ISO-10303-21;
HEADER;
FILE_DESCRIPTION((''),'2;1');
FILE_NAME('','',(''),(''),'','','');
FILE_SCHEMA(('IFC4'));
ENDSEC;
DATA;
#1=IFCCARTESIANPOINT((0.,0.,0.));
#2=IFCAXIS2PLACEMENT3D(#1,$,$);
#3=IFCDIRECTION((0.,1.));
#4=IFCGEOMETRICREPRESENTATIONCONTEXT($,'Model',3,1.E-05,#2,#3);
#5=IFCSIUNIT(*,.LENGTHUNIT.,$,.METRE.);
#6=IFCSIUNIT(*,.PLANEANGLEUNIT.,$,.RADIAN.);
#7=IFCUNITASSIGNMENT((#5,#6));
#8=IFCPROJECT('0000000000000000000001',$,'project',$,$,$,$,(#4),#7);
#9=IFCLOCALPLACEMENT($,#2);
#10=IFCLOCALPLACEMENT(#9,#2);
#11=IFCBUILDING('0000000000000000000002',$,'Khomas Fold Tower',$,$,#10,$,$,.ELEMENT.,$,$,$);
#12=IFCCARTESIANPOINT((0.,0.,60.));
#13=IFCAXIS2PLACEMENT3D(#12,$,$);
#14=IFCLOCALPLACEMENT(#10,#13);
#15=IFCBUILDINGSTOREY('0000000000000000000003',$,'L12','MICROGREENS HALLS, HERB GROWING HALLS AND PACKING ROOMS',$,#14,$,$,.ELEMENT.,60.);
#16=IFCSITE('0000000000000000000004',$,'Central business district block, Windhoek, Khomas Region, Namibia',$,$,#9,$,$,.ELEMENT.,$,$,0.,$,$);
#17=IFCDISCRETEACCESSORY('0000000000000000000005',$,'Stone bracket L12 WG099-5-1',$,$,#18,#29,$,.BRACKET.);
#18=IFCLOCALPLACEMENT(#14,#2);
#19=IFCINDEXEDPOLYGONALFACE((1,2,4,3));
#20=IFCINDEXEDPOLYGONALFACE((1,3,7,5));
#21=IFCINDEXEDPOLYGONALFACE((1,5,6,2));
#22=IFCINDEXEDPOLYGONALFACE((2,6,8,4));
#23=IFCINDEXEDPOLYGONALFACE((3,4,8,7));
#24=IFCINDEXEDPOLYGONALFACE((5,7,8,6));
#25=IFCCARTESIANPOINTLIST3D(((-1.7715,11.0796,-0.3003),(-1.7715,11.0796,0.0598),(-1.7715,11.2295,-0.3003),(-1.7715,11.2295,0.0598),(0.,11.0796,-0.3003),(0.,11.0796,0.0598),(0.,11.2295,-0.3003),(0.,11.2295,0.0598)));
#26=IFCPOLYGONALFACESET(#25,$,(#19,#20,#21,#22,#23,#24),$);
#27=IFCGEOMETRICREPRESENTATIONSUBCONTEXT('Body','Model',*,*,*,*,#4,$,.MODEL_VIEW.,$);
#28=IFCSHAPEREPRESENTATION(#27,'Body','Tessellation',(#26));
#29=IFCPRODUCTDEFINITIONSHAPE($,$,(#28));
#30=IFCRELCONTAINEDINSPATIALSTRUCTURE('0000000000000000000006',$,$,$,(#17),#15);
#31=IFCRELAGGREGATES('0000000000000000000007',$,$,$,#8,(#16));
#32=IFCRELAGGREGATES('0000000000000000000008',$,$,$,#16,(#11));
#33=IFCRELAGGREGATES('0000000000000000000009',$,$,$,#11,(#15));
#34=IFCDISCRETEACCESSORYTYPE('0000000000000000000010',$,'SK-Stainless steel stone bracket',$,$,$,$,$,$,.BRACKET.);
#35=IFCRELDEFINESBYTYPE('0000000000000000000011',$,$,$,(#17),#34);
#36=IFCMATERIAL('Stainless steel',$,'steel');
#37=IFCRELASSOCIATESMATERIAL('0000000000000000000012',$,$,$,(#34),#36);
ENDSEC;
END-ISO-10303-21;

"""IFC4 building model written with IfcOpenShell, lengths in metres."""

from ifc_helpers import new_model, si_unit, direction, frame, origin, origin_2d, place, context, subcontext, project, spatial, rectangle, extrude, source, transform, mapped, material, type_object, element, save


model = new_model("IFC4")

# Units and contexts
model_context = context("Model", 3, precision=1e-05, world=origin(), true_north=direction((0.0, 1.0)))
body_context = subcontext(model_context, "Body", "Model", "MODEL_VIEW")
ifc_project = project(units=[si_unit("LENGTHUNIT", "METRE"), si_unit("PLANEANGLEUNIT", "RADIAN")], contexts=[model_context])

# Site, building, storey
site_placement = place(None, origin())
site = spatial("IfcSite", under=ifc_project, at=site_placement, Name="Central business district block, Windhoek, Khomas Region, Namibia", CompositionType="ELEMENT", RefElevation=0.0)
building_placement = place(site_placement, origin())
building = spatial("IfcBuilding", under=site, at=building_placement, Name="Khomas Fold Tower", CompositionType="ELEMENT")
storey_placement = place(building_placement, frame((0.0, 0.0, 60.0)))
storey = spatial("IfcBuildingStorey", under=building, at=storey_placement, Name="L12", Description="MICROGREENS HALLS, HERB GROWING HALLS AND PACKING ROOMS", CompositionType="ELEMENT", Elevation=60.0)

# Discrete accessory
ifc_material_1 = material(Name="Stainless steel", Category="steel")
discrete_accessory_type = type_object("IfcDiscreteAccessoryType", Name="SK-Stainless steel stone bracket", PredefinedType="BRACKET", material=ifc_material_1)
shared_shape_1 = source(origin(), body_context, "Body", "SweptSolid", [
    extrude(rectangle(XDim=1.7715, YDim=0.1499, at=origin_2d()), origin(), (0.0, 0.0, 1.0), 0.3601),
])
discrete_accessory_1_placement = place(storey_placement, frame((-0.8857, 11.1545, -0.3003), z_axis=(0.0, 0.0, 1.0), x_axis=(-1.0, 0.0, 0.0)))
element("IfcDiscreteAccessory", 1, at=discrete_accessory_1_placement, inside=storey, type_object=discrete_accessory_type, Name="Stone bracket L12 WG099-5-1", PredefinedType="BRACKET", context=body_context, shape_type="MappedRepresentation", body=[
    mapped(shared_shape_1, transform((0.0, 0.0, 0.0))),
])

save(model, "model.ifc")
